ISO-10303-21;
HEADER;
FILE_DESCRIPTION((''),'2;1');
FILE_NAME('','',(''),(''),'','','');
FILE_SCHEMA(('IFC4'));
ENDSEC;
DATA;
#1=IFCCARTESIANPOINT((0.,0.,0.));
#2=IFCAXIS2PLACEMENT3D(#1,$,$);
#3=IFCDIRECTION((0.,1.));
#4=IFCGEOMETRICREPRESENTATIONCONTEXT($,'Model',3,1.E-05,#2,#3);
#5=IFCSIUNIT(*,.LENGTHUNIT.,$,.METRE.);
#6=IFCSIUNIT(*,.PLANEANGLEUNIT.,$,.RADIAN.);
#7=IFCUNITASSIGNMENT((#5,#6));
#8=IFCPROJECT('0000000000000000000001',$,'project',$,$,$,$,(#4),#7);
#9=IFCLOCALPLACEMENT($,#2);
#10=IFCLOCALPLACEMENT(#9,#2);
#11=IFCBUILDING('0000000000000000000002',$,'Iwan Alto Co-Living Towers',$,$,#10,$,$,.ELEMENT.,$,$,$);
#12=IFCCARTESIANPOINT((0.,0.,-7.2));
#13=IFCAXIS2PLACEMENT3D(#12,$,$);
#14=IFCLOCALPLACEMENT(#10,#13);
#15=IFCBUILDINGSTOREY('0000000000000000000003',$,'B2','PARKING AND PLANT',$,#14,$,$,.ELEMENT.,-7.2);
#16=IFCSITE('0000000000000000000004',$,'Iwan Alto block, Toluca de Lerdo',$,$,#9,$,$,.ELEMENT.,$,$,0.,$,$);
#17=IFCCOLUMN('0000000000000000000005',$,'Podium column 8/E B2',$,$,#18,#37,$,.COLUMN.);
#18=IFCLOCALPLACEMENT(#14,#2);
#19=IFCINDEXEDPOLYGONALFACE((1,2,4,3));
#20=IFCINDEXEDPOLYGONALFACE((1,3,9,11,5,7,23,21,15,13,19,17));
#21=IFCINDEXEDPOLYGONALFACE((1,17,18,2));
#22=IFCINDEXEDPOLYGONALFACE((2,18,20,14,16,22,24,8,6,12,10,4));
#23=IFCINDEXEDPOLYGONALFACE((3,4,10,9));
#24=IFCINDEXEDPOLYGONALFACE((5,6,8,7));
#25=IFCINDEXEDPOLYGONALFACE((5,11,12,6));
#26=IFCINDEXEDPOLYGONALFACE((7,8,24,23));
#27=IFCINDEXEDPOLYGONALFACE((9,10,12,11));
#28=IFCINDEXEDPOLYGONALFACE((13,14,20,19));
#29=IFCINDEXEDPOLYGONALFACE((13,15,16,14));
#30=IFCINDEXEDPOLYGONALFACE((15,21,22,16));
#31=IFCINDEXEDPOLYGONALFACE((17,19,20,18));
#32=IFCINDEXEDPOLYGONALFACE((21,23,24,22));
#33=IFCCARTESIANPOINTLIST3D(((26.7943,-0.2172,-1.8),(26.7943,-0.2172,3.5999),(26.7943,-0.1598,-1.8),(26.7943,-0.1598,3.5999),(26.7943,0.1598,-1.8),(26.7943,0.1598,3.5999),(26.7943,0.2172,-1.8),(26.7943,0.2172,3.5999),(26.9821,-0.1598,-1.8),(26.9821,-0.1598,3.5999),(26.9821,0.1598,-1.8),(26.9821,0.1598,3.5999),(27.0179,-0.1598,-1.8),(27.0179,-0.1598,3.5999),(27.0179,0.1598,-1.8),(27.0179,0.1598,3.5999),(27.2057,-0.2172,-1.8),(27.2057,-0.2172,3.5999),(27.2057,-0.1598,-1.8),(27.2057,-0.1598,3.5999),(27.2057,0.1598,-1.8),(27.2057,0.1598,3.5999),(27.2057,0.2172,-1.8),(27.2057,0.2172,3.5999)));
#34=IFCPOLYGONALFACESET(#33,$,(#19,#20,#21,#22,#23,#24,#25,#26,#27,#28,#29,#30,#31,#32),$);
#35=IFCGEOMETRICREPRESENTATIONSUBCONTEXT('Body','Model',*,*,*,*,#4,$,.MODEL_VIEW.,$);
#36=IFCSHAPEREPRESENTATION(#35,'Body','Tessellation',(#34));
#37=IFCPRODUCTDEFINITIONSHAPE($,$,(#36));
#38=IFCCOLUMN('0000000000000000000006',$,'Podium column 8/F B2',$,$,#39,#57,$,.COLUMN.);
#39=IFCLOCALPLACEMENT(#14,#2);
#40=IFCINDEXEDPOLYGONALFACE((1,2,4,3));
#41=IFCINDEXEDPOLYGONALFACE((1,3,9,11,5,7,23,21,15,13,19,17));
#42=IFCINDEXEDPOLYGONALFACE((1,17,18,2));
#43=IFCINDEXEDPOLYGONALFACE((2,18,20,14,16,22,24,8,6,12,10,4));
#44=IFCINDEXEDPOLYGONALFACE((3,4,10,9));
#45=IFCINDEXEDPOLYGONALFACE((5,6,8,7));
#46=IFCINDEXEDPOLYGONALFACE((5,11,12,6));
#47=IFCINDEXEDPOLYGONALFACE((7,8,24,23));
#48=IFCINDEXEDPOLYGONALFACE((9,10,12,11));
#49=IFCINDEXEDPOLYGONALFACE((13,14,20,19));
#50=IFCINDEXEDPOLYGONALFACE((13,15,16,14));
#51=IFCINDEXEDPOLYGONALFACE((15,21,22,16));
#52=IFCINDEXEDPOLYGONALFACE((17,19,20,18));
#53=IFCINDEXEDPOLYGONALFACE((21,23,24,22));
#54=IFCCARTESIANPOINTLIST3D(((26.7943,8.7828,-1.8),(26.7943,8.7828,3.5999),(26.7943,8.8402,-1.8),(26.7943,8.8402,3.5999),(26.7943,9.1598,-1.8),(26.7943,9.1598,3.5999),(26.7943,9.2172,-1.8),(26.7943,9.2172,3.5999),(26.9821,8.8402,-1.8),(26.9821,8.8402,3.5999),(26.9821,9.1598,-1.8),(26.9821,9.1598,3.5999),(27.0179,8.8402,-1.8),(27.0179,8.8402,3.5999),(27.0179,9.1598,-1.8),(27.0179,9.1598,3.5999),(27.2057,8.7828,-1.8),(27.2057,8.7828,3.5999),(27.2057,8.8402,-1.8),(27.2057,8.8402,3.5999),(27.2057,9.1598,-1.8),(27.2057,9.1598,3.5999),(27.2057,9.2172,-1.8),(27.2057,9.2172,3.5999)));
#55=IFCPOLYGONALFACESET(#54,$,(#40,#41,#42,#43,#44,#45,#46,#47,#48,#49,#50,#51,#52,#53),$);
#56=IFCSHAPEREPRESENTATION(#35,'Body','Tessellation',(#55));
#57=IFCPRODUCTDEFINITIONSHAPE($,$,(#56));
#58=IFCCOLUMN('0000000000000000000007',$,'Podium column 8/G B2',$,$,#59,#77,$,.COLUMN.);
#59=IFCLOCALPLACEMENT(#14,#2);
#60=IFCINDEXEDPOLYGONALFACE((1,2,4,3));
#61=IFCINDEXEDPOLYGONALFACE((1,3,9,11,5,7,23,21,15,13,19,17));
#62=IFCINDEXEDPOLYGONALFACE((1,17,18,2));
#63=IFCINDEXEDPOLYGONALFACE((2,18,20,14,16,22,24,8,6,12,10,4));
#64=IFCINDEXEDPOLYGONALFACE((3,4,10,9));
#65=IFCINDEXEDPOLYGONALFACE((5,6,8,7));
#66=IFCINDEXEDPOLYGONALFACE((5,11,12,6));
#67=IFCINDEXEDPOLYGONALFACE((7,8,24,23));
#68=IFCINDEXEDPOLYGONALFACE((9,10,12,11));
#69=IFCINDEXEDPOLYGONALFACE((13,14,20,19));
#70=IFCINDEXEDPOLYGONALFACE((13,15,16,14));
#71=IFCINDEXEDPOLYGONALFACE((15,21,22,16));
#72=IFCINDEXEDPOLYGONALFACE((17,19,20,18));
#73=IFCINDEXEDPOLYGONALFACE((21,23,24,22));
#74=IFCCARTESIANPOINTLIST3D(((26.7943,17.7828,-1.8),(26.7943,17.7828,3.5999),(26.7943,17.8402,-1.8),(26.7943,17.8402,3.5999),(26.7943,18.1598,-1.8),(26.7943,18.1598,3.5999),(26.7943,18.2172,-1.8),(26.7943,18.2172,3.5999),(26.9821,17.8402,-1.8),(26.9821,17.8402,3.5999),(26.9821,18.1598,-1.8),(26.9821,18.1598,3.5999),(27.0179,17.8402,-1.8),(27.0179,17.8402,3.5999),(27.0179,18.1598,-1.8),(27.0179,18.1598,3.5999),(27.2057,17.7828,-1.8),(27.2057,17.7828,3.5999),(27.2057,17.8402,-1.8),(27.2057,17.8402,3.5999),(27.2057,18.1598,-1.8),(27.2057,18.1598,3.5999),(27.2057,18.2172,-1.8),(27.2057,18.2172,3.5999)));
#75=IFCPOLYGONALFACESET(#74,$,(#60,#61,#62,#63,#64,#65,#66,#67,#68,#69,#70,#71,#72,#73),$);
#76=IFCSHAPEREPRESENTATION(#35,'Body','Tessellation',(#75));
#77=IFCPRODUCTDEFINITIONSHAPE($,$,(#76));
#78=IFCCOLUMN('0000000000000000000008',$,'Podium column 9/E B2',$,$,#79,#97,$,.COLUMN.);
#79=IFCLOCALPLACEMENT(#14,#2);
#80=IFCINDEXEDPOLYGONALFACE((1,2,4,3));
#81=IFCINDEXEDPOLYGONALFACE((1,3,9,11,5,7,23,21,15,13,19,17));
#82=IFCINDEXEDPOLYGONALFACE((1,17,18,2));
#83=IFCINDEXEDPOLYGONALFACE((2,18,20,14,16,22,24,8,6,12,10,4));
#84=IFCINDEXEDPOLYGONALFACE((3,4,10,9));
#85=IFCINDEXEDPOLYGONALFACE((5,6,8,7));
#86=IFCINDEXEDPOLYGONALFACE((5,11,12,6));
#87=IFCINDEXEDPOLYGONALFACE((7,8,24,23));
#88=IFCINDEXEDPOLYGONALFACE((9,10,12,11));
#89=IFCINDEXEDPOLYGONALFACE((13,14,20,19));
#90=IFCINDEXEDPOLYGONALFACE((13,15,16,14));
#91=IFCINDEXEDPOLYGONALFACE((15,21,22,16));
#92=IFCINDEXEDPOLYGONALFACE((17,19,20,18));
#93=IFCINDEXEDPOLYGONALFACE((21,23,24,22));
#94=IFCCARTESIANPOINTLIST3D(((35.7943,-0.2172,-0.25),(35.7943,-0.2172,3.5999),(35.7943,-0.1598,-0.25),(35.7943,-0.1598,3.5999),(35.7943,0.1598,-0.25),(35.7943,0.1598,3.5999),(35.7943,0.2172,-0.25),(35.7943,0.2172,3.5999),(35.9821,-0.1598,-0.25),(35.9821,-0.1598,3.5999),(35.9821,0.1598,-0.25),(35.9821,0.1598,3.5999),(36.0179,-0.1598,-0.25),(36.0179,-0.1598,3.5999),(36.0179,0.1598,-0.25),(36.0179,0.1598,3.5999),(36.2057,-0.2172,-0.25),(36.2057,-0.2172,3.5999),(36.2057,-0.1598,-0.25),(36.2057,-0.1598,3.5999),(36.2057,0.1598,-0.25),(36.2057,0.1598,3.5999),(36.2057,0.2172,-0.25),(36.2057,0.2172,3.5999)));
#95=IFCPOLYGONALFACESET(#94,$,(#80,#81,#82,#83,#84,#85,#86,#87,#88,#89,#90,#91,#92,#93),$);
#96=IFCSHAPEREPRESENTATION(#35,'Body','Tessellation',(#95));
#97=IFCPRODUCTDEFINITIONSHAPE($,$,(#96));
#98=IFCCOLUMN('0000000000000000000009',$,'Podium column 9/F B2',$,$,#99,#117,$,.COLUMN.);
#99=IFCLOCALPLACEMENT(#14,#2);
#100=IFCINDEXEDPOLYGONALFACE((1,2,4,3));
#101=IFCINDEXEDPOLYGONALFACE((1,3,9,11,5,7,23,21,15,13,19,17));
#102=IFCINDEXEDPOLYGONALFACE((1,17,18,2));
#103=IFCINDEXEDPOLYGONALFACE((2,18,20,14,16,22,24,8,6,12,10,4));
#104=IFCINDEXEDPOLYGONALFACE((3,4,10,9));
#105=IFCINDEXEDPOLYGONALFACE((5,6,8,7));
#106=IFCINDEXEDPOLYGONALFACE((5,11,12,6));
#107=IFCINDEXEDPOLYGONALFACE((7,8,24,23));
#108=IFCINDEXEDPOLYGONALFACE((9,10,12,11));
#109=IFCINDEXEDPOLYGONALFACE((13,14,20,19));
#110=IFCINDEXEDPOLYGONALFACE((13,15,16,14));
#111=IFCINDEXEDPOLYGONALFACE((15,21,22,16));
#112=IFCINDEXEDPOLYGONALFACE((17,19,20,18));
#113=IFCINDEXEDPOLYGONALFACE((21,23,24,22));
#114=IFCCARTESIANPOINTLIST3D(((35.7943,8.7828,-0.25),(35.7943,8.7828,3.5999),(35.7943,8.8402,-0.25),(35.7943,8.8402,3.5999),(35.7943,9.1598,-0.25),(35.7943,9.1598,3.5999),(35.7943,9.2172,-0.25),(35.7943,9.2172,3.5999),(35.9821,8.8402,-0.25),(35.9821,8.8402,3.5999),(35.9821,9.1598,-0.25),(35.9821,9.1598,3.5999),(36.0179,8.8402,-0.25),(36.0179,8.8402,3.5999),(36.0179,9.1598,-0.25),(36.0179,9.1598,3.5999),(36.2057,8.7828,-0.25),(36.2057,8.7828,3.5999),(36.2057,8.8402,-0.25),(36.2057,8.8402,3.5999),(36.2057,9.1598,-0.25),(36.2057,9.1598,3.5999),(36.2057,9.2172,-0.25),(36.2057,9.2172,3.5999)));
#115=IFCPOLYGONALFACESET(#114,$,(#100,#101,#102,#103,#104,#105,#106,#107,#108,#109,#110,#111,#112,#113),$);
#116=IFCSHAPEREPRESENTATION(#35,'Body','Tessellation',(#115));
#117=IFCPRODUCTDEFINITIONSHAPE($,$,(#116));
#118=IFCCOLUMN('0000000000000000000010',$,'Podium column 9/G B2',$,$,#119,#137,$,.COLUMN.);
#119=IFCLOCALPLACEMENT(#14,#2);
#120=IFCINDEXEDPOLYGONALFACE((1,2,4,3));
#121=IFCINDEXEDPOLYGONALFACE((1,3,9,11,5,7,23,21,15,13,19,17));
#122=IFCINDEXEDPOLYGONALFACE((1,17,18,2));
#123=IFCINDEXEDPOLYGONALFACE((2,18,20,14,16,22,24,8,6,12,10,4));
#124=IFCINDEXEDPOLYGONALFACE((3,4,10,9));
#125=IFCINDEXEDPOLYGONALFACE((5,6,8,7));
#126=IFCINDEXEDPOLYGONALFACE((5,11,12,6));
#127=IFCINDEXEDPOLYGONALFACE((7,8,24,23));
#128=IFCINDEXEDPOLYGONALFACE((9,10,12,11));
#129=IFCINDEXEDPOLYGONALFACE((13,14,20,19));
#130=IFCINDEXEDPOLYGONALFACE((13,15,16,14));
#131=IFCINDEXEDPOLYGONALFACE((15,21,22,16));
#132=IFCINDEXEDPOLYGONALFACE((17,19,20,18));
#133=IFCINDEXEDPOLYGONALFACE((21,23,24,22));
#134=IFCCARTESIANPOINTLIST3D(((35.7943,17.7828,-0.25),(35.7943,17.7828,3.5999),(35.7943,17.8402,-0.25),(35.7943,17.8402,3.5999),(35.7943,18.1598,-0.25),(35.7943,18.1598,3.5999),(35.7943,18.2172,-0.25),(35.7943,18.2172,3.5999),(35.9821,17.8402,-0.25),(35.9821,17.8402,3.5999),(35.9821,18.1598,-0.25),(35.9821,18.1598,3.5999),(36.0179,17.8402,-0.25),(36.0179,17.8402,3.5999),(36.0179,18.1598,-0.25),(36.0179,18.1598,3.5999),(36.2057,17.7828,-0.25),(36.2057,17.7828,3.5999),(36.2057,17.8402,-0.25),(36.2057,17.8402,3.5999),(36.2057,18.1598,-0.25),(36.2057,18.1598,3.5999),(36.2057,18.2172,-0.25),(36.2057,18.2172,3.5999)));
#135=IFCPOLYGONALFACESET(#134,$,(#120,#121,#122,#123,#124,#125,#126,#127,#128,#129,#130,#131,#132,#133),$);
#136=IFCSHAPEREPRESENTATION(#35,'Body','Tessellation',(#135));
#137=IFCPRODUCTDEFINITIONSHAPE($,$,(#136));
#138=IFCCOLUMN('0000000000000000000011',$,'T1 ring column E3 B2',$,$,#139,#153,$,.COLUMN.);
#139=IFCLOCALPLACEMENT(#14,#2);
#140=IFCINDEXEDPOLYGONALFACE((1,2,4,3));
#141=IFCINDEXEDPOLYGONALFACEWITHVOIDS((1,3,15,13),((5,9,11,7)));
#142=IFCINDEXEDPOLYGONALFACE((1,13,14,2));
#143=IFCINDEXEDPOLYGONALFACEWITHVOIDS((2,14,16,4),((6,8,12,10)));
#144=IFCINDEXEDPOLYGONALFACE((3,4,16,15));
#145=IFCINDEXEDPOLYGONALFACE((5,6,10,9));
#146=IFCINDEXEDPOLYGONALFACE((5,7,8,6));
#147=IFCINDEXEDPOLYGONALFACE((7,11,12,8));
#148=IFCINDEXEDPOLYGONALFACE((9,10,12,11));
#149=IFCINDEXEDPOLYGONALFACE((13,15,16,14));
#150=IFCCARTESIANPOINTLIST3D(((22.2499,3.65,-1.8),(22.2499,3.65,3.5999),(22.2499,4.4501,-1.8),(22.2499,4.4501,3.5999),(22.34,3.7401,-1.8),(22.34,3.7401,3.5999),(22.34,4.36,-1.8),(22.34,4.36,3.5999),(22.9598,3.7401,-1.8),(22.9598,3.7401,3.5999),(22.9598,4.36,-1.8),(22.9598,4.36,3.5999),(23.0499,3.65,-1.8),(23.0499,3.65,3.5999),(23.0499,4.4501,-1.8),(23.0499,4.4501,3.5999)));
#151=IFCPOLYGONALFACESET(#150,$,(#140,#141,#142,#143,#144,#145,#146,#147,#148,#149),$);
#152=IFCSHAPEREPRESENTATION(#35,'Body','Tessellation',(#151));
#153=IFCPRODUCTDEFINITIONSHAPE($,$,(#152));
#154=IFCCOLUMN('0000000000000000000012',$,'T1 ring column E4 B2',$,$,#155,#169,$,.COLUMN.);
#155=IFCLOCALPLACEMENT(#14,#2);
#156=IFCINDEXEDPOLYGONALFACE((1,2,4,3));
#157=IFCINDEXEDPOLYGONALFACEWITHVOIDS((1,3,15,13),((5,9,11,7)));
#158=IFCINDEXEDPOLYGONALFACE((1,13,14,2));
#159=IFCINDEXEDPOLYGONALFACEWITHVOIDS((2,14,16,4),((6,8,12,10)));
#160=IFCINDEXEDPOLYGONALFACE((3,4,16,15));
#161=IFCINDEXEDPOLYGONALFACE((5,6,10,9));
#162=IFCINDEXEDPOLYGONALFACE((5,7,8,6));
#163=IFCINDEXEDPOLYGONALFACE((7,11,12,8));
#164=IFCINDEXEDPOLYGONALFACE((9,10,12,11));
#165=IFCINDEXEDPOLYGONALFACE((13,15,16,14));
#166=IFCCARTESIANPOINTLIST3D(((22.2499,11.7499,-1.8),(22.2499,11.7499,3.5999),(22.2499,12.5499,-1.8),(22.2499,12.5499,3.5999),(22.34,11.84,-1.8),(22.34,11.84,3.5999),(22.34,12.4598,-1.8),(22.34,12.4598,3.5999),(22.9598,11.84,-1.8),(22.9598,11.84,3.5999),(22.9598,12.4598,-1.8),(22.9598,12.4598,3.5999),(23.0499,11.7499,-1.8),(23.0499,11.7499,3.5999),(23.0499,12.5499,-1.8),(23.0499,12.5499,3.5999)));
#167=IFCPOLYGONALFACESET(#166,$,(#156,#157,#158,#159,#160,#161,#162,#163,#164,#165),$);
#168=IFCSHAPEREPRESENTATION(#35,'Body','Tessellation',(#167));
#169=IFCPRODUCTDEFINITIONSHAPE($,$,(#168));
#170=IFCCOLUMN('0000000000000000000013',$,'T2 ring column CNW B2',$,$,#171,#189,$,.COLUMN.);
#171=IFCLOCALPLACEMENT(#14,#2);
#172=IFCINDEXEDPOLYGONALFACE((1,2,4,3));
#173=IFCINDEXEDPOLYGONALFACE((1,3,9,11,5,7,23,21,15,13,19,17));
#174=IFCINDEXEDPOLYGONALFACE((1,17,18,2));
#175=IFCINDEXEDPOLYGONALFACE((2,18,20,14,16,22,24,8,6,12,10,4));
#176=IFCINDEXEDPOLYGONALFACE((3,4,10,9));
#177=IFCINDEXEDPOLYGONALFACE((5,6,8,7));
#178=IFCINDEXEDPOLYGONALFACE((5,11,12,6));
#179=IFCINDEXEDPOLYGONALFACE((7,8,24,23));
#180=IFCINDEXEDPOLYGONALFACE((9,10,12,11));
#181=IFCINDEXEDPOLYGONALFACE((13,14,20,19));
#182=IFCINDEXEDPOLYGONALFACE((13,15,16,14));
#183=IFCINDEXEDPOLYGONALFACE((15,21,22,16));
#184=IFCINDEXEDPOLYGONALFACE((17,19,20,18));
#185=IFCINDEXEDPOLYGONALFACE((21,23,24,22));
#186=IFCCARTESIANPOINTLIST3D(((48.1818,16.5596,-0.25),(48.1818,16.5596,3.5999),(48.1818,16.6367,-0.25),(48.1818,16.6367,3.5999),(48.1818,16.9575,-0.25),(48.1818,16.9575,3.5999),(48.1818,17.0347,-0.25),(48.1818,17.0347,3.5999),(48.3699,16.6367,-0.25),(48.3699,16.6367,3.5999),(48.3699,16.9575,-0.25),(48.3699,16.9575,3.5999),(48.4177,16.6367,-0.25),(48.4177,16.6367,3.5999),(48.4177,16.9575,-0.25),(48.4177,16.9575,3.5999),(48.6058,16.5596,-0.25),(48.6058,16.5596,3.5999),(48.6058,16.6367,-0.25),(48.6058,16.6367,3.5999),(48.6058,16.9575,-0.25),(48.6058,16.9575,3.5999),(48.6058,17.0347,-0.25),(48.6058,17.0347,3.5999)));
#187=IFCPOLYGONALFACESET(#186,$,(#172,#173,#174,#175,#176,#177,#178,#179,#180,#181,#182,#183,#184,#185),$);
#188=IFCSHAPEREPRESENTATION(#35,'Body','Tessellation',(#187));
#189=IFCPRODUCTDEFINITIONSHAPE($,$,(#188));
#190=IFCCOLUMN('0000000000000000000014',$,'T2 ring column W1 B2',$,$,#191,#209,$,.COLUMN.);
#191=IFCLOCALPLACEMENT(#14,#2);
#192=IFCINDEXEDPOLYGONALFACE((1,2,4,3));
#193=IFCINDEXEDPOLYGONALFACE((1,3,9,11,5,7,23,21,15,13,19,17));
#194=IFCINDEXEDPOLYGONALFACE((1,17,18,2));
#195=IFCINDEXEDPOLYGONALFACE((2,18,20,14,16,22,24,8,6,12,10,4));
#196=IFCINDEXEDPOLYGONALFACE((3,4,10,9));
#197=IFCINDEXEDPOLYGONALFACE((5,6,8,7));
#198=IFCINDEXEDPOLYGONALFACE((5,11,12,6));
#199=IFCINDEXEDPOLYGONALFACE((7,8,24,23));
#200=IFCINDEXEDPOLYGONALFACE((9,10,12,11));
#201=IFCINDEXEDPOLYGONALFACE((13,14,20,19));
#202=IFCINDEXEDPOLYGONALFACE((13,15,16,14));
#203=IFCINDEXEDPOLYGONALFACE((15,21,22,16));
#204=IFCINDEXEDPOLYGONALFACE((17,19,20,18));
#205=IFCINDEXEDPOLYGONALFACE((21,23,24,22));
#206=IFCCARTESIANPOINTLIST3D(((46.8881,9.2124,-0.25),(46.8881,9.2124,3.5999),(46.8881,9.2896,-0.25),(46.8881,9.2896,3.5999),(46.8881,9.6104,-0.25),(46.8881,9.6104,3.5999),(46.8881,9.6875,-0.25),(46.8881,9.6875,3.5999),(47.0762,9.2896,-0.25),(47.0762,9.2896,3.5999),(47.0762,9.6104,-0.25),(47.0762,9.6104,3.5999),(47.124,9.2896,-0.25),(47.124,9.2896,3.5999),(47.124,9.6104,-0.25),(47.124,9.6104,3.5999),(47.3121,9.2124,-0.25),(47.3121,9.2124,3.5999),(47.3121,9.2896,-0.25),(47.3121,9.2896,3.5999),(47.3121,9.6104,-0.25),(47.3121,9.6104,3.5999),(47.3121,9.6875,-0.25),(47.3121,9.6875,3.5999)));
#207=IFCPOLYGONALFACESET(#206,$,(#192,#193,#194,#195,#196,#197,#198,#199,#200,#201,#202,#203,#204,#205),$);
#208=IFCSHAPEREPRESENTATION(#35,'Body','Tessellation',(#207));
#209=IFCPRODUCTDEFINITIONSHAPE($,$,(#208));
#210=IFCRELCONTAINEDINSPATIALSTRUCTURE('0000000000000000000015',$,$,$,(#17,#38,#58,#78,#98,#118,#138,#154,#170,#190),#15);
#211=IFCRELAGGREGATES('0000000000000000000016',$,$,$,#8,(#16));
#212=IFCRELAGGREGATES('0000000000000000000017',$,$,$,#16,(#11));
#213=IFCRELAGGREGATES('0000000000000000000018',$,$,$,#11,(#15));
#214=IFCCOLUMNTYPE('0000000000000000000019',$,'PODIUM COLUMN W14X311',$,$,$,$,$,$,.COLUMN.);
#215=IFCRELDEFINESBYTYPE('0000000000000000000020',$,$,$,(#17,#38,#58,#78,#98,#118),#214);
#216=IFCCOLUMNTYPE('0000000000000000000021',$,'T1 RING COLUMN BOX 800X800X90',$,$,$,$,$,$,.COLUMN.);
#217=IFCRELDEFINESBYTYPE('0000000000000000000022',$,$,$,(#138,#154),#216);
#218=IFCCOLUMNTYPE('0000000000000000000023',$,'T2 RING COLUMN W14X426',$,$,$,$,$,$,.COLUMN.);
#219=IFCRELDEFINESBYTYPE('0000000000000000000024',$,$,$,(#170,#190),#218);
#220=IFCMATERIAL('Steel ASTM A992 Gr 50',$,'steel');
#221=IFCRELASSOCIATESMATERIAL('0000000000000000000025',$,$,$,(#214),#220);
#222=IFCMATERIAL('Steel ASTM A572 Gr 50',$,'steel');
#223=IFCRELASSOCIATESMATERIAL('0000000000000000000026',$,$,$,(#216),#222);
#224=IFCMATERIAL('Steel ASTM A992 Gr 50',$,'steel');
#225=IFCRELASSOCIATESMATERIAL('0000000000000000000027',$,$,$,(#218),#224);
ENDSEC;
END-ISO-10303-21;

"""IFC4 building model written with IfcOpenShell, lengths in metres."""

from ifc_helpers import new_model, si_unit, direction, frame, origin, origin_2d, place, context, subcontext, project, spatial, hollow_rectangle, i_section, extrude, material, material_profile, profile_set, type_object, element, save


model = new_model("IFC4")

# Units and contexts
model_context = context("Model", 3, precision=1e-05, world=origin(), true_north=direction((0.0, 1.0)))
body_context = subcontext(model_context, "Body", "Model", "MODEL_VIEW")
ifc_project = project(units=[si_unit("LENGTHUNIT", "METRE"), si_unit("PLANEANGLEUNIT", "RADIAN")], contexts=[model_context])

# Site, building, storey
site_placement = place(None, origin())
site = spatial("IfcSite", under=ifc_project, at=site_placement, Name="Iwan Alto block, Toluca de Lerdo", CompositionType="ELEMENT", RefElevation=0.0)
building_placement = place(site_placement, origin())
building = spatial("IfcBuilding", under=site, at=building_placement, Name="Iwan Alto Co-Living Towers", CompositionType="ELEMENT")
storey_placement = place(building_placement, frame((0.0, 0.0, -7.2)))
storey = spatial("IfcBuildingStorey", under=building, at=storey_placement, Name="B2", Description="PARKING AND PLANT", CompositionType="ELEMENT", Elevation=-7.2)

# Columns
ifc_material_1 = material(Name="Steel ASTM A992 Gr 50", Category="steel")
ifc_material_profile_1 = material_profile(ifc_material_1, i_section(OverallWidth=0.4114, OverallDepth=0.4343, WebThickness=0.0359, FlangeThickness=0.0574, at=origin_2d()), Name="W14X311")
ifc_profile_set_1 = profile_set([ifc_material_profile_1], Name="Steel ASTM A992 Gr 50")
column_type_1 = type_object("IfcColumnType", Name="PODIUM COLUMN W14X311", PredefinedType="COLUMN", material=ifc_profile_set_1)
for number, where, z_axis, x_axis, name in (
    (1, (27.0, 0.0, -1.8), (0.0, 0.0, 1.0), (1.0, 0.0, 0.0), "Podium column 8/E B2"),
    (2, (27.0, 9.0, -1.8), (0.0, 0.0, 1.0), (1.0, 0.0, 0.0), "Podium column 8/F B2"),
    (3, (27.0, 18.0, -1.8), (0.0, 0.0, 1.0), (1.0, 0.0, 0.0), "Podium column 8/G B2"),
):
    element("IfcColumn", number, at=place(storey_placement, frame(where, z_axis=z_axis, x_axis=x_axis)), inside=storey, type_object=column_type_1, Name=name, PredefinedType="COLUMN", context=body_context, shape_type="SweptSolid", body=[
        extrude(i_section(OverallWidth=0.4114, OverallDepth=0.4343, WebThickness=0.0359, FlangeThickness=0.0574, at=origin_2d()), origin(), (0.0, 0.0, 1.0), 5.3999),
    ])
for number, where, z_axis, x_axis, name in (
    (4, (36.0, 0.0, -0.25), (0.0, 0.0, 1.0), (1.0, 0.0, 0.0), "Podium column 9/E B2"),
    (5, (36.0, 9.0, -0.25), (0.0, 0.0, 1.0), (1.0, 0.0, 0.0), "Podium column 9/F B2"),
    (6, (36.0, 18.0, -0.25), (0.0, 0.0, 1.0), (1.0, 0.0, 0.0), "Podium column 9/G B2"),
):
    element("IfcColumn", number, at=place(storey_placement, frame(where, z_axis=z_axis, x_axis=x_axis)), inside=storey, type_object=column_type_1, Name=name, PredefinedType="COLUMN", context=body_context, shape_type="SweptSolid", body=[
        extrude(i_section(OverallWidth=0.4114, OverallDepth=0.4343, WebThickness=0.0359, FlangeThickness=0.0574, at=origin_2d()), origin(), (0.0, 0.0, 1.0), 3.8499),
    ])
ifc_material_2 = material(Name="Steel ASTM A572 Gr 50", Category="steel")
ifc_material_profile_2 = material_profile(ifc_material_2, hollow_rectangle(XDim=0.8, YDim=0.8, WallThickness=0.0901, at=origin_2d()), Name="BOX 800X800X90")
ifc_profile_set_2 = profile_set([ifc_material_profile_2], Name="Steel ASTM A572 Gr 50")
column_type_2 = type_object("IfcColumnType", Name="T1 RING COLUMN BOX 800X800X90", PredefinedType="COLUMN", material=ifc_profile_set_2)
for number, where, z_axis, x_axis, name in (
    (7, (22.6499, 4.05, -1.8), (0.0, 0.0, 1.0), (1.0, 0.0, 0.0), "T1 ring column E3 B2"),
    (8, (22.6499, 12.1499, -1.8), (0.0, 0.0, 1.0), (1.0, 0.0, 0.0), "T1 ring column E4 B2"),
):
    element("IfcColumn", number, at=place(storey_placement, frame(where, z_axis=z_axis, x_axis=x_axis)), inside=storey, type_object=column_type_2, Name=name, PredefinedType="COLUMN", context=body_context, shape_type="SweptSolid", body=[
        extrude(hollow_rectangle(XDim=0.8, YDim=0.8, WallThickness=0.0901, at=origin_2d()), origin(), (0.0, 0.0, 1.0), 5.3999),
    ])
ifc_material_3 = material(Name="Steel ASTM A992 Gr 50", Category="steel")
ifc_material_profile_3 = material_profile(ifc_material_3, i_section(OverallWidth=0.4241, OverallDepth=0.4751, WebThickness=0.0479, FlangeThickness=0.0771, at=origin_2d()), Name="W14X426")
ifc_profile_set_3 = profile_set([ifc_material_profile_3], Name="Steel ASTM A992 Gr 50")
column_type_3 = type_object("IfcColumnType", Name="T2 RING COLUMN W14X426", PredefinedType="COLUMN", material=ifc_profile_set_3)
for number, where, z_axis, x_axis, name in (
    (9, (48.3938, 16.7971, -0.25), (0.0, 0.0, 1.0), (1.0, 0.0, 0.0), "T2 ring column CNW B2"),
    (10, (47.1001, 9.45, -0.25), (0.0, 0.0, 1.0), (1.0, 0.0, 0.0), "T2 ring column W1 B2"),
):
    element("IfcColumn", number, at=place(storey_placement, frame(where, z_axis=z_axis, x_axis=x_axis)), inside=storey, type_object=column_type_3, Name=name, PredefinedType="COLUMN", context=body_context, shape_type="SweptSolid", body=[
        extrude(i_section(OverallWidth=0.4241, OverallDepth=0.4751, WebThickness=0.0479, FlangeThickness=0.0771, at=origin_2d()), origin(), (0.0, 0.0, 1.0), 3.8499),
    ])

save(model, "model.ifc")
